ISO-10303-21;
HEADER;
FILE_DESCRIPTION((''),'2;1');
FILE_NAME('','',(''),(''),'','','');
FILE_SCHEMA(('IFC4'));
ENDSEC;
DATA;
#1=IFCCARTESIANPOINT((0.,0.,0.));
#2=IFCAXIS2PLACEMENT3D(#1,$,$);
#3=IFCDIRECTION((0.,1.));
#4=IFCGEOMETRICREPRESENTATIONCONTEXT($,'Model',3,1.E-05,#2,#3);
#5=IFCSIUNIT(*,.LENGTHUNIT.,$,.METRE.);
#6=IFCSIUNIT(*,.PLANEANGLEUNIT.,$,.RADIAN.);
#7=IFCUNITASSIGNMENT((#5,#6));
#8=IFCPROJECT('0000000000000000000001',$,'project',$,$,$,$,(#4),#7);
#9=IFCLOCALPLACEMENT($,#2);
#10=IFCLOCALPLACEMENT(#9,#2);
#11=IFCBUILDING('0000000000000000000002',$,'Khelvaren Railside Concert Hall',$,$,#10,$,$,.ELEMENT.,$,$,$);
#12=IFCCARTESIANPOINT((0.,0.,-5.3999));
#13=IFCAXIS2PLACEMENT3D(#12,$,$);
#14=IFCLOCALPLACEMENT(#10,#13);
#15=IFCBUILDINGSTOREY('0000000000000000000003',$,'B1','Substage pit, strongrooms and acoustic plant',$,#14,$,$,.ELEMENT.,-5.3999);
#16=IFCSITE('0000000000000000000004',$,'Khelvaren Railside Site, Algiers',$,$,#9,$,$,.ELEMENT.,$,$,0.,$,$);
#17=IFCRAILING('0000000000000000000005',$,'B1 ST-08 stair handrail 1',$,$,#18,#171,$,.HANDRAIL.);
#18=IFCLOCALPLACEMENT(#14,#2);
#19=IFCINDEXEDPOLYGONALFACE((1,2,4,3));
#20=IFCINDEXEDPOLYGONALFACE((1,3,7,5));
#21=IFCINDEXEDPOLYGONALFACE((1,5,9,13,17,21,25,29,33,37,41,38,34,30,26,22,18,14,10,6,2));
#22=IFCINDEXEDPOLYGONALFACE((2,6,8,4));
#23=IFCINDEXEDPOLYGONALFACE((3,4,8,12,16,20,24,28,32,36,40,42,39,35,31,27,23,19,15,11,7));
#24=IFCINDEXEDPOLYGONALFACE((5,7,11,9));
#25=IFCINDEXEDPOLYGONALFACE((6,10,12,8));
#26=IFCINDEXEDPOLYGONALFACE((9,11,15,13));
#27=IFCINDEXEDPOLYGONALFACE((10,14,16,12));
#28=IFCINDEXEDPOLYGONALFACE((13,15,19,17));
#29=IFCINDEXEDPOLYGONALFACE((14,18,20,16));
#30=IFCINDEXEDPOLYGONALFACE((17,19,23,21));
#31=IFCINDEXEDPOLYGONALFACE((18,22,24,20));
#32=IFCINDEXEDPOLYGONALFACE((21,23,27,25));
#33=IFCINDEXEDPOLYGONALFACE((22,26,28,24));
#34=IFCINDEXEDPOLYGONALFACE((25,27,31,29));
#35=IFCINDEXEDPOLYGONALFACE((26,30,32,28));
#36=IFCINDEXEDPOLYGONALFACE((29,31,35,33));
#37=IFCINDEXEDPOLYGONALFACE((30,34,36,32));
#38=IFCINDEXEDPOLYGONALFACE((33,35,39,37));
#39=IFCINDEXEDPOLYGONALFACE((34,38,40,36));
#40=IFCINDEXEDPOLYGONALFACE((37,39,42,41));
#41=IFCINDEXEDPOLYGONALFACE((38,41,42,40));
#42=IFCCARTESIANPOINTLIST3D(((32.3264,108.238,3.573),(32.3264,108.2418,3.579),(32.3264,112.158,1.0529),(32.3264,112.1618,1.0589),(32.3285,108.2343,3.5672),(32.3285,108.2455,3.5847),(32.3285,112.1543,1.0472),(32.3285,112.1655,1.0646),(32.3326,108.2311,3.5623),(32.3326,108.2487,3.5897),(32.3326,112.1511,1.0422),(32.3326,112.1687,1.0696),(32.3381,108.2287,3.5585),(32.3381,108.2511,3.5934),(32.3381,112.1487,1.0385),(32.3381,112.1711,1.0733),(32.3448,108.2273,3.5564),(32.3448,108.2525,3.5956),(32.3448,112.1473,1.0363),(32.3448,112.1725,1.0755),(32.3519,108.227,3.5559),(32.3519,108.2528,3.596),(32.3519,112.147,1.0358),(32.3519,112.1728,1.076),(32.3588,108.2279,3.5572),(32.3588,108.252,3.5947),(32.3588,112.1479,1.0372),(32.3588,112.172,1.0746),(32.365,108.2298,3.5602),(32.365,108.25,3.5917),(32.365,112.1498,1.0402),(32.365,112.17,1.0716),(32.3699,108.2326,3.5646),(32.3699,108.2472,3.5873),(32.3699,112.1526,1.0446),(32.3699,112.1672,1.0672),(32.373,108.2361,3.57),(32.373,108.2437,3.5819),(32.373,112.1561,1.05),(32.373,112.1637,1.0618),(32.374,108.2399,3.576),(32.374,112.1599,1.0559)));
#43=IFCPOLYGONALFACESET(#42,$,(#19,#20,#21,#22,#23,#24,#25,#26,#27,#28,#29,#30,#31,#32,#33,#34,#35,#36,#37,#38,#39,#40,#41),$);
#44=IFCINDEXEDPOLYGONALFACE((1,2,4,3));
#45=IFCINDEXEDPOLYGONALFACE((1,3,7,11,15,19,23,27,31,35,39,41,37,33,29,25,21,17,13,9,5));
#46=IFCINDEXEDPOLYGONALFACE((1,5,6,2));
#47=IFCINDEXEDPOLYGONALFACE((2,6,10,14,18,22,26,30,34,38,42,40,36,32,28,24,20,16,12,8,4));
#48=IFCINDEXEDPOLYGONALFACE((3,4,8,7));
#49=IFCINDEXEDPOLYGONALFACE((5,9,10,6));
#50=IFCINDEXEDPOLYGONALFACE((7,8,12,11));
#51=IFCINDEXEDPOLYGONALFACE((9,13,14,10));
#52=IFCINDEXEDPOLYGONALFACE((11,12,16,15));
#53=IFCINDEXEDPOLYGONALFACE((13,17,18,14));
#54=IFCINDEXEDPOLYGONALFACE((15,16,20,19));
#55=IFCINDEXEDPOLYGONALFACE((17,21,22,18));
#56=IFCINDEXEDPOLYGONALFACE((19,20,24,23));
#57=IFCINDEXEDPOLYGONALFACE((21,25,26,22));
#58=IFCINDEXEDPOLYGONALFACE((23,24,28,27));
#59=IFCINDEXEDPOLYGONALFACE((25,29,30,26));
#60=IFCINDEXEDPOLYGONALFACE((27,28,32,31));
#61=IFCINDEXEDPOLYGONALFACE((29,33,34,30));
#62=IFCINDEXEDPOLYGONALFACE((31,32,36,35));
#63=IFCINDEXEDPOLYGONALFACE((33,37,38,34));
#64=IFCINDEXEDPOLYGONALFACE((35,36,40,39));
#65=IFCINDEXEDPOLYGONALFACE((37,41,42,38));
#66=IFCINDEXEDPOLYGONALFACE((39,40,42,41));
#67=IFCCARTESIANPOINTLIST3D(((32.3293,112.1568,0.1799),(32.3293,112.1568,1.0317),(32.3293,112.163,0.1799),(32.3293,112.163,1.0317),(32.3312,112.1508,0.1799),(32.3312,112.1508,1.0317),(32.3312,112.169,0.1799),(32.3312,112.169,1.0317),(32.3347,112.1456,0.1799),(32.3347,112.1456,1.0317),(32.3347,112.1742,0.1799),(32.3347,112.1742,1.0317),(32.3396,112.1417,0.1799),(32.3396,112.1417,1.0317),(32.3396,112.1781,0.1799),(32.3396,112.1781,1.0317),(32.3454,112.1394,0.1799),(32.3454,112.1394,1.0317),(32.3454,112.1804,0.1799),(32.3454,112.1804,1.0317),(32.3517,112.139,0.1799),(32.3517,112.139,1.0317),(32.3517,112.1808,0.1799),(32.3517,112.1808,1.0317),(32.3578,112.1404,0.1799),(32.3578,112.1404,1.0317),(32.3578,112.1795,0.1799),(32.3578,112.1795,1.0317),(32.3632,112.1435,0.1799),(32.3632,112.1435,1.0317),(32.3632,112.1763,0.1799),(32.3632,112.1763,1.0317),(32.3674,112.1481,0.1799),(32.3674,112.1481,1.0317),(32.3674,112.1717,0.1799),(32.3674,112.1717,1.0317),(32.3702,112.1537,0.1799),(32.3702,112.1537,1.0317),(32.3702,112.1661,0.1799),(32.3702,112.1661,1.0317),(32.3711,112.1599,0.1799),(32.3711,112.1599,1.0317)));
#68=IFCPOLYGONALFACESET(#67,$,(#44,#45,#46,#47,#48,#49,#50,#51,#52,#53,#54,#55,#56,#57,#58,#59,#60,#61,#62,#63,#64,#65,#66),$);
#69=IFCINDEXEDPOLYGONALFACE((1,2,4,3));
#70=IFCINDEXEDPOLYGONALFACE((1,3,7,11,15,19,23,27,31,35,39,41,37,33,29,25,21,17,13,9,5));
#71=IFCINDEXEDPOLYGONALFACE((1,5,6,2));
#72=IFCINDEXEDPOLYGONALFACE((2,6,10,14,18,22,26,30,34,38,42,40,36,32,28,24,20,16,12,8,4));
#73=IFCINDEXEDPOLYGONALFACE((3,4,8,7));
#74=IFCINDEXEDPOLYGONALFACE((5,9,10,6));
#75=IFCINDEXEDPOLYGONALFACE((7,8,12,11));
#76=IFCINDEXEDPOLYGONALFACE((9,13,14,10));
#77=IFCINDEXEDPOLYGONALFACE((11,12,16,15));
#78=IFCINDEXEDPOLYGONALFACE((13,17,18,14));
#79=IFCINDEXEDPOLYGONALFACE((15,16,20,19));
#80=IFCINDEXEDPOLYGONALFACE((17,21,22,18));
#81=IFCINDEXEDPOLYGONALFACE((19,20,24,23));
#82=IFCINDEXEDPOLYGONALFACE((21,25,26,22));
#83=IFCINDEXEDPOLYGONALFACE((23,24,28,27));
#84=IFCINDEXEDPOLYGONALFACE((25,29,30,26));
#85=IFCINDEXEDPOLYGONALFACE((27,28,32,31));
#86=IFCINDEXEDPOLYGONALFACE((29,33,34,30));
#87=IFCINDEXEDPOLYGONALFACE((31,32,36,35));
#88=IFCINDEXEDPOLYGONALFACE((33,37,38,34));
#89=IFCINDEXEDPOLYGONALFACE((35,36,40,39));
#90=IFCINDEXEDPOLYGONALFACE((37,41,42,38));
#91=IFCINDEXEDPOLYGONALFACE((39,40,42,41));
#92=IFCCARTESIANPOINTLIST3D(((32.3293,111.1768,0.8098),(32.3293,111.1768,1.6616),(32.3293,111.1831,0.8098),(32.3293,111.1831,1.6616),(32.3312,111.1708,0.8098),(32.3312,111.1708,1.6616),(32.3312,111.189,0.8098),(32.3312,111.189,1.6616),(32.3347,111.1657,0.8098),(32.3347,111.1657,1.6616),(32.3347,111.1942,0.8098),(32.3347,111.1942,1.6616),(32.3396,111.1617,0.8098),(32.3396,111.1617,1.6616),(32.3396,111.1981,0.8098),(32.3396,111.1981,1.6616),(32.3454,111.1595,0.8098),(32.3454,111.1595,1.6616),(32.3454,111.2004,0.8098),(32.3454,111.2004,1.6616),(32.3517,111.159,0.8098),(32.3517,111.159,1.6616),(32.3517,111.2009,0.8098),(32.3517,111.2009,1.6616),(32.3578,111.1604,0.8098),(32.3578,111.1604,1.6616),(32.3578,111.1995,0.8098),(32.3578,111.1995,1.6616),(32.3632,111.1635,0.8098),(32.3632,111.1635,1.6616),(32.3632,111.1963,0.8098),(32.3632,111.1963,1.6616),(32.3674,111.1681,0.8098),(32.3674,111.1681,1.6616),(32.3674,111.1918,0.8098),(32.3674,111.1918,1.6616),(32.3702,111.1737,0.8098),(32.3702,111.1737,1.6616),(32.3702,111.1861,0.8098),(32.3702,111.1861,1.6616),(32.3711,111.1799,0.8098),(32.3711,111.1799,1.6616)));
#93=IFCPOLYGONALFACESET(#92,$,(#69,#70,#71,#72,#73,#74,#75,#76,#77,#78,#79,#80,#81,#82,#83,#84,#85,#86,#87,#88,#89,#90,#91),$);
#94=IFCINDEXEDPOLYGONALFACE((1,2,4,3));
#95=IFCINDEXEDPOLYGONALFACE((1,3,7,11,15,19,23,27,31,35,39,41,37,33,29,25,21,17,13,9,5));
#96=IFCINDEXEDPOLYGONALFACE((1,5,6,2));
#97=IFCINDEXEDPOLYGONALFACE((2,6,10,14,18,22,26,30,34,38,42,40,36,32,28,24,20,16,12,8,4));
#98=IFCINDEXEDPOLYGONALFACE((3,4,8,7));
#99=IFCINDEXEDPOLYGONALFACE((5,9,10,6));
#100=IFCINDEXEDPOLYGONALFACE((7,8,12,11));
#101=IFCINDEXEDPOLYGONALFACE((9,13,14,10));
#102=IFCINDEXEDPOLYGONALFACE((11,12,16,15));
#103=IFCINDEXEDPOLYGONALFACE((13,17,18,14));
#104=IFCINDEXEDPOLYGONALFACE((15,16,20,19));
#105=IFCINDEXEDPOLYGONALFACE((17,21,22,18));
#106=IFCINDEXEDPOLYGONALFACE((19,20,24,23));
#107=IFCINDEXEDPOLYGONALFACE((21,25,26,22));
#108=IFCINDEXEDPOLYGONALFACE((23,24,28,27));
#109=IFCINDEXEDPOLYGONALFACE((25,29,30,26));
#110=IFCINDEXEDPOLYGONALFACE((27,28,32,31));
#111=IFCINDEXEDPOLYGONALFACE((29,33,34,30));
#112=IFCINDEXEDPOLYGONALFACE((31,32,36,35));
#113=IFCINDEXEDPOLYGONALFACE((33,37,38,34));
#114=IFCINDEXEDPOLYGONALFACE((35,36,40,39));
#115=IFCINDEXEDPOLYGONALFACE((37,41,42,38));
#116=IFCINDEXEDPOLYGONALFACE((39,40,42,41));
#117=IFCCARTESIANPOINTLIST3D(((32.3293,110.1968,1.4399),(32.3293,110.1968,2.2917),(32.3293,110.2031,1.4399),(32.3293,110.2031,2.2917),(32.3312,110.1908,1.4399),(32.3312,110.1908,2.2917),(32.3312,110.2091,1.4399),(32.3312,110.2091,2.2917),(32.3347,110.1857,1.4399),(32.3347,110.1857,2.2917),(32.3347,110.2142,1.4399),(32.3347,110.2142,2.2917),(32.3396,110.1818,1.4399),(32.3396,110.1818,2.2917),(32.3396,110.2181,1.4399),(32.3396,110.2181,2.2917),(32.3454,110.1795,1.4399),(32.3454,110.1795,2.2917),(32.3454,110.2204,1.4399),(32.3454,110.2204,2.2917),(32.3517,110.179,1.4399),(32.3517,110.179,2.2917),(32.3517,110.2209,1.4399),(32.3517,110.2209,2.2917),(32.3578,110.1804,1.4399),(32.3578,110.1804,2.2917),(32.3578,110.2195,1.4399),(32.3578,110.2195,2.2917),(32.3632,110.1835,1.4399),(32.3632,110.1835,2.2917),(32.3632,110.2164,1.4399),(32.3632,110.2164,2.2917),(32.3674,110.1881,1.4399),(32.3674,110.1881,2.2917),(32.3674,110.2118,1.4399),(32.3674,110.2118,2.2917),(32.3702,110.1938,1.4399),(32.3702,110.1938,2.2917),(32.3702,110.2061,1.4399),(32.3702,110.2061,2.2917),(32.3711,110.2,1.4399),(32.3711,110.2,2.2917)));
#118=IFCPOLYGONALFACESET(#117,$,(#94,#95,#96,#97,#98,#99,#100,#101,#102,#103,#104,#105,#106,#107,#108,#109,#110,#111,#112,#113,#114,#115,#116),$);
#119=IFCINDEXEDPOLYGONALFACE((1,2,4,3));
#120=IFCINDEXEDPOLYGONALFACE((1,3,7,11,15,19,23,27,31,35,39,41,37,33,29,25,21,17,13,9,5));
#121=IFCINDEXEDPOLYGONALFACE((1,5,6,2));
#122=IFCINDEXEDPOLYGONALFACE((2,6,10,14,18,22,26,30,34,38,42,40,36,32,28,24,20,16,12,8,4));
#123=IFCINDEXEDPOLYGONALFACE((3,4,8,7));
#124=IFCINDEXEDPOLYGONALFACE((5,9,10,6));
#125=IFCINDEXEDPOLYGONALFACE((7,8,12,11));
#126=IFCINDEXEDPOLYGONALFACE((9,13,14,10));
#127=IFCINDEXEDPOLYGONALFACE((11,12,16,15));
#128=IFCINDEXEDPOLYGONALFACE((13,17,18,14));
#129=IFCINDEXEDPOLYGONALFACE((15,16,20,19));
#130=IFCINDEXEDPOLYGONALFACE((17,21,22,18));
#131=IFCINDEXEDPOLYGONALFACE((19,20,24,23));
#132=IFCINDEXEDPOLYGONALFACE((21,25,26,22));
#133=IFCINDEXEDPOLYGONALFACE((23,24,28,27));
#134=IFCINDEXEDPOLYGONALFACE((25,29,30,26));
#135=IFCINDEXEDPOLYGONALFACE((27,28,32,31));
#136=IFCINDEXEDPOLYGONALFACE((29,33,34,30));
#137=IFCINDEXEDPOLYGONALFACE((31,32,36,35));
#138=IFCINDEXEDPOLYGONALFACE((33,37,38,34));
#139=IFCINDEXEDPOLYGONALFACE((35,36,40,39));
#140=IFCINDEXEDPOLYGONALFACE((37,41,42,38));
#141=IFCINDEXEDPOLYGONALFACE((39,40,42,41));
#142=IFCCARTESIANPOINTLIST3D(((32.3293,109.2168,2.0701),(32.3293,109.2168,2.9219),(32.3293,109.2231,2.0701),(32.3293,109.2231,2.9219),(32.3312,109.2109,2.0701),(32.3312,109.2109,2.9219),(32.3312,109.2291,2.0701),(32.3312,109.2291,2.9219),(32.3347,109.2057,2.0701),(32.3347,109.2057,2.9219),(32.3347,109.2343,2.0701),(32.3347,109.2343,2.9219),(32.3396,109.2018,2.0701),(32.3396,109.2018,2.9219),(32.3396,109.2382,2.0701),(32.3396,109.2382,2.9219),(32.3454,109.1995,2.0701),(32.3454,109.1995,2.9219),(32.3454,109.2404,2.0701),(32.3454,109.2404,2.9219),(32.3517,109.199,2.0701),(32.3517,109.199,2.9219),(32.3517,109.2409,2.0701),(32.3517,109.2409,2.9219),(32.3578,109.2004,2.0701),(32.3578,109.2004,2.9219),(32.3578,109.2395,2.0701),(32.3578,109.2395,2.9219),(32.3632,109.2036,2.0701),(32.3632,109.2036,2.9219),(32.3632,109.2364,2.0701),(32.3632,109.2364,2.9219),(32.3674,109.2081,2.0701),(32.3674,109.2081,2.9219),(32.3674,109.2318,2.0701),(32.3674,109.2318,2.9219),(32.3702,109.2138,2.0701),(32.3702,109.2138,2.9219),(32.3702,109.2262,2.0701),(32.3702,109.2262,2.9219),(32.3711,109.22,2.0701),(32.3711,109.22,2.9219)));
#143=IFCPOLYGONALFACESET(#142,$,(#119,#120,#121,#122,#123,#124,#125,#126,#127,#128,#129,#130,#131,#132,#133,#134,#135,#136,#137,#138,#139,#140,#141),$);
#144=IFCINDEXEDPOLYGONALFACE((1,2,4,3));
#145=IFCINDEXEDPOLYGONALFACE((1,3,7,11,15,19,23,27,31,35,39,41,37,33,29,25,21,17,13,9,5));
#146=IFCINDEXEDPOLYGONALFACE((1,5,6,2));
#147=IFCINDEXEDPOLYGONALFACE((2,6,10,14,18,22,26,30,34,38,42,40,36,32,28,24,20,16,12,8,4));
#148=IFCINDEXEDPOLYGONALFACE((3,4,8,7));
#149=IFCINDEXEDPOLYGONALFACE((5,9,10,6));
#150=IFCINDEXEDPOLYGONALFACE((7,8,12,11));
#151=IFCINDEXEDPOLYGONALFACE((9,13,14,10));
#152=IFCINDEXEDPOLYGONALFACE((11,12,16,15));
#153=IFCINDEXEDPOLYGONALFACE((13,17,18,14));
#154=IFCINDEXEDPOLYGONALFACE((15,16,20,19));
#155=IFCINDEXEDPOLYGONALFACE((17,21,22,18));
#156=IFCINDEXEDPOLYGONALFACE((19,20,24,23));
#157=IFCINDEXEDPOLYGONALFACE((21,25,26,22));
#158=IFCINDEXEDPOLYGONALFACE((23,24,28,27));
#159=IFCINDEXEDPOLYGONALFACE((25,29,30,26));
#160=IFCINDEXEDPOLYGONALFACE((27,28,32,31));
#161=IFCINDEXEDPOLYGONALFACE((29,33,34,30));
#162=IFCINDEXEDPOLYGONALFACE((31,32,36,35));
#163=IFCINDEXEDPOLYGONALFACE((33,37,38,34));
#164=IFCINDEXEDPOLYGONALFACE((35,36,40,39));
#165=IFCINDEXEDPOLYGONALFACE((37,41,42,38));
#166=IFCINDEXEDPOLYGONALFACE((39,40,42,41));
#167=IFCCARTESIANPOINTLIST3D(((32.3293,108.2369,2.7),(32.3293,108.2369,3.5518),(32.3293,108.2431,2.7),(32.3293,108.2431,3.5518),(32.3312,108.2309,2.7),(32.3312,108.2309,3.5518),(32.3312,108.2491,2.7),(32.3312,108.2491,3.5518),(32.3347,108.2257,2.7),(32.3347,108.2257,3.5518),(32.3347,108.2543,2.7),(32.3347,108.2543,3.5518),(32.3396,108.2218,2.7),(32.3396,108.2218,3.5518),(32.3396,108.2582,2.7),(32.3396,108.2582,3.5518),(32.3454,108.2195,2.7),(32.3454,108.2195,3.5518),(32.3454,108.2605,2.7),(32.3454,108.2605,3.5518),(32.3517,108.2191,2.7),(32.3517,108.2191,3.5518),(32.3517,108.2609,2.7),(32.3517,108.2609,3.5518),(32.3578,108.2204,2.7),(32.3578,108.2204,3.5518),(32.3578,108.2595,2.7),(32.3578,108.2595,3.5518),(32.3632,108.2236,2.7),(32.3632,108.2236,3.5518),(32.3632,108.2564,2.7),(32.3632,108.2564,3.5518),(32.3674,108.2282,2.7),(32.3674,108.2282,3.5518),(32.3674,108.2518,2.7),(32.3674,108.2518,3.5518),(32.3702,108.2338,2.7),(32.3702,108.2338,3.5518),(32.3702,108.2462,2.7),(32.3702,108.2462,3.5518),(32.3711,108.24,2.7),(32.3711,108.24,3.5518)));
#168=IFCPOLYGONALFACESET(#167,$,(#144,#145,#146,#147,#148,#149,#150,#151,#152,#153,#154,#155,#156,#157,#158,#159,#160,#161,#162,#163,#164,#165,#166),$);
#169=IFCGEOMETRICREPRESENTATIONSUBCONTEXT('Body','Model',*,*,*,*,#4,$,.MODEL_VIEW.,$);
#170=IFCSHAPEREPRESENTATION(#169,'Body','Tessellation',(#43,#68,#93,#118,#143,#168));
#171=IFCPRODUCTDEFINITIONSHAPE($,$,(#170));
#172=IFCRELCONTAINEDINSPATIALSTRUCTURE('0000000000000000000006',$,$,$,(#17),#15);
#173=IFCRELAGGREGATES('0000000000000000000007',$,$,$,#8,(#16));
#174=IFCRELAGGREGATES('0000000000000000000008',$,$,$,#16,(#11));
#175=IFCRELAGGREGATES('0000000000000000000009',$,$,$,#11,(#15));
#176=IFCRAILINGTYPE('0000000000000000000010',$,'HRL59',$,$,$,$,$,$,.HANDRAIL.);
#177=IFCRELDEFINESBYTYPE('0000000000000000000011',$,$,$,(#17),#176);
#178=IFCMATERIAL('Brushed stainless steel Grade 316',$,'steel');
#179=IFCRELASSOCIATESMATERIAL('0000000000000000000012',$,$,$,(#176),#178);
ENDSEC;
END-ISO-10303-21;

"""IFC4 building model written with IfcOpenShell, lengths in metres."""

from ifc_helpers import new_model, si_unit, direction, frame, origin, origin_2d, place, context, subcontext, project, spatial, circle, extrude, material, type_object, element, save


model = new_model("IFC4")

# Units and contexts
model_context = context("Model", 3, precision=1e-05, world=origin(), true_north=direction((0.0, 1.0)))
body_context = subcontext(model_context, "Body", "Model", "MODEL_VIEW")
ifc_project = project(units=[si_unit("LENGTHUNIT", "METRE"), si_unit("PLANEANGLEUNIT", "RADIAN")], contexts=[model_context])

# Site, building, storey
site_placement = place(None, origin())
site = spatial("IfcSite", under=ifc_project, at=site_placement, Name="Khelvaren Railside Site, Algiers", CompositionType="ELEMENT", RefElevation=0.0)
building_placement = place(site_placement, origin())
building = spatial("IfcBuilding", under=site, at=building_placement, Name="Khelvaren Railside Concert Hall", CompositionType="ELEMENT")
storey_placement = place(building_placement, frame((0.0, 0.0, -5.3999)))
storey = spatial("IfcBuildingStorey", under=building, at=storey_placement, Name="B1", Description="Substage pit, strongrooms and acoustic plant", CompositionType="ELEMENT", Elevation=-5.3999)

# Railing
ifc_material_1 = material(Name="Brushed stainless steel Grade 316", Category="steel")
railing_type_1 = type_object("IfcRailingType", Name="HRL59", PredefinedType="HANDRAIL", material=ifc_material_1)
railing_1_placement = place(storey_placement, frame((32.3501, 112.1599, 0.1799)))
element("IfcRailing", 1, at=railing_1_placement, inside=storey, type_object=railing_type_1, Name="B1 ST-08 stair handrail 1", PredefinedType="HANDRAIL", context=body_context, shape_type="SweptSolid", body=[
    extrude(circle(Radius=0.0239, at=origin_2d()), frame((0.0, 0.0, 0.876), z_axis=(0.0, -0.841172, 0.540768), x_axis=(1.0, 0.0, 0.0)), (0.0, 0.0, 1.0), 4.6602),
    extrude(circle(Radius=0.021, at=origin_2d()), origin(), (0.0, 0.0, 1.0), 0.8518),
    extrude(circle(Radius=0.021, at=origin_2d()), frame((0.0, -0.98, 0.6299)), (0.0, 0.0, 1.0), 0.8518),
    extrude(circle(Radius=0.021, at=origin_2d()), frame((0.0, -1.96, 1.26)), (0.0, 0.0, 1.0), 0.8518),
    extrude(circle(Radius=0.021, at=origin_2d()), frame((0.0, -2.9399, 1.8901)), (0.0, 0.0, 1.0), 0.8518),
    extrude(circle(Radius=0.021, at=origin_2d()), frame((0.0, -3.9199, 2.52)), (0.0, 0.0, 1.0), 0.8518),
])

save(model, "model.ifc")
